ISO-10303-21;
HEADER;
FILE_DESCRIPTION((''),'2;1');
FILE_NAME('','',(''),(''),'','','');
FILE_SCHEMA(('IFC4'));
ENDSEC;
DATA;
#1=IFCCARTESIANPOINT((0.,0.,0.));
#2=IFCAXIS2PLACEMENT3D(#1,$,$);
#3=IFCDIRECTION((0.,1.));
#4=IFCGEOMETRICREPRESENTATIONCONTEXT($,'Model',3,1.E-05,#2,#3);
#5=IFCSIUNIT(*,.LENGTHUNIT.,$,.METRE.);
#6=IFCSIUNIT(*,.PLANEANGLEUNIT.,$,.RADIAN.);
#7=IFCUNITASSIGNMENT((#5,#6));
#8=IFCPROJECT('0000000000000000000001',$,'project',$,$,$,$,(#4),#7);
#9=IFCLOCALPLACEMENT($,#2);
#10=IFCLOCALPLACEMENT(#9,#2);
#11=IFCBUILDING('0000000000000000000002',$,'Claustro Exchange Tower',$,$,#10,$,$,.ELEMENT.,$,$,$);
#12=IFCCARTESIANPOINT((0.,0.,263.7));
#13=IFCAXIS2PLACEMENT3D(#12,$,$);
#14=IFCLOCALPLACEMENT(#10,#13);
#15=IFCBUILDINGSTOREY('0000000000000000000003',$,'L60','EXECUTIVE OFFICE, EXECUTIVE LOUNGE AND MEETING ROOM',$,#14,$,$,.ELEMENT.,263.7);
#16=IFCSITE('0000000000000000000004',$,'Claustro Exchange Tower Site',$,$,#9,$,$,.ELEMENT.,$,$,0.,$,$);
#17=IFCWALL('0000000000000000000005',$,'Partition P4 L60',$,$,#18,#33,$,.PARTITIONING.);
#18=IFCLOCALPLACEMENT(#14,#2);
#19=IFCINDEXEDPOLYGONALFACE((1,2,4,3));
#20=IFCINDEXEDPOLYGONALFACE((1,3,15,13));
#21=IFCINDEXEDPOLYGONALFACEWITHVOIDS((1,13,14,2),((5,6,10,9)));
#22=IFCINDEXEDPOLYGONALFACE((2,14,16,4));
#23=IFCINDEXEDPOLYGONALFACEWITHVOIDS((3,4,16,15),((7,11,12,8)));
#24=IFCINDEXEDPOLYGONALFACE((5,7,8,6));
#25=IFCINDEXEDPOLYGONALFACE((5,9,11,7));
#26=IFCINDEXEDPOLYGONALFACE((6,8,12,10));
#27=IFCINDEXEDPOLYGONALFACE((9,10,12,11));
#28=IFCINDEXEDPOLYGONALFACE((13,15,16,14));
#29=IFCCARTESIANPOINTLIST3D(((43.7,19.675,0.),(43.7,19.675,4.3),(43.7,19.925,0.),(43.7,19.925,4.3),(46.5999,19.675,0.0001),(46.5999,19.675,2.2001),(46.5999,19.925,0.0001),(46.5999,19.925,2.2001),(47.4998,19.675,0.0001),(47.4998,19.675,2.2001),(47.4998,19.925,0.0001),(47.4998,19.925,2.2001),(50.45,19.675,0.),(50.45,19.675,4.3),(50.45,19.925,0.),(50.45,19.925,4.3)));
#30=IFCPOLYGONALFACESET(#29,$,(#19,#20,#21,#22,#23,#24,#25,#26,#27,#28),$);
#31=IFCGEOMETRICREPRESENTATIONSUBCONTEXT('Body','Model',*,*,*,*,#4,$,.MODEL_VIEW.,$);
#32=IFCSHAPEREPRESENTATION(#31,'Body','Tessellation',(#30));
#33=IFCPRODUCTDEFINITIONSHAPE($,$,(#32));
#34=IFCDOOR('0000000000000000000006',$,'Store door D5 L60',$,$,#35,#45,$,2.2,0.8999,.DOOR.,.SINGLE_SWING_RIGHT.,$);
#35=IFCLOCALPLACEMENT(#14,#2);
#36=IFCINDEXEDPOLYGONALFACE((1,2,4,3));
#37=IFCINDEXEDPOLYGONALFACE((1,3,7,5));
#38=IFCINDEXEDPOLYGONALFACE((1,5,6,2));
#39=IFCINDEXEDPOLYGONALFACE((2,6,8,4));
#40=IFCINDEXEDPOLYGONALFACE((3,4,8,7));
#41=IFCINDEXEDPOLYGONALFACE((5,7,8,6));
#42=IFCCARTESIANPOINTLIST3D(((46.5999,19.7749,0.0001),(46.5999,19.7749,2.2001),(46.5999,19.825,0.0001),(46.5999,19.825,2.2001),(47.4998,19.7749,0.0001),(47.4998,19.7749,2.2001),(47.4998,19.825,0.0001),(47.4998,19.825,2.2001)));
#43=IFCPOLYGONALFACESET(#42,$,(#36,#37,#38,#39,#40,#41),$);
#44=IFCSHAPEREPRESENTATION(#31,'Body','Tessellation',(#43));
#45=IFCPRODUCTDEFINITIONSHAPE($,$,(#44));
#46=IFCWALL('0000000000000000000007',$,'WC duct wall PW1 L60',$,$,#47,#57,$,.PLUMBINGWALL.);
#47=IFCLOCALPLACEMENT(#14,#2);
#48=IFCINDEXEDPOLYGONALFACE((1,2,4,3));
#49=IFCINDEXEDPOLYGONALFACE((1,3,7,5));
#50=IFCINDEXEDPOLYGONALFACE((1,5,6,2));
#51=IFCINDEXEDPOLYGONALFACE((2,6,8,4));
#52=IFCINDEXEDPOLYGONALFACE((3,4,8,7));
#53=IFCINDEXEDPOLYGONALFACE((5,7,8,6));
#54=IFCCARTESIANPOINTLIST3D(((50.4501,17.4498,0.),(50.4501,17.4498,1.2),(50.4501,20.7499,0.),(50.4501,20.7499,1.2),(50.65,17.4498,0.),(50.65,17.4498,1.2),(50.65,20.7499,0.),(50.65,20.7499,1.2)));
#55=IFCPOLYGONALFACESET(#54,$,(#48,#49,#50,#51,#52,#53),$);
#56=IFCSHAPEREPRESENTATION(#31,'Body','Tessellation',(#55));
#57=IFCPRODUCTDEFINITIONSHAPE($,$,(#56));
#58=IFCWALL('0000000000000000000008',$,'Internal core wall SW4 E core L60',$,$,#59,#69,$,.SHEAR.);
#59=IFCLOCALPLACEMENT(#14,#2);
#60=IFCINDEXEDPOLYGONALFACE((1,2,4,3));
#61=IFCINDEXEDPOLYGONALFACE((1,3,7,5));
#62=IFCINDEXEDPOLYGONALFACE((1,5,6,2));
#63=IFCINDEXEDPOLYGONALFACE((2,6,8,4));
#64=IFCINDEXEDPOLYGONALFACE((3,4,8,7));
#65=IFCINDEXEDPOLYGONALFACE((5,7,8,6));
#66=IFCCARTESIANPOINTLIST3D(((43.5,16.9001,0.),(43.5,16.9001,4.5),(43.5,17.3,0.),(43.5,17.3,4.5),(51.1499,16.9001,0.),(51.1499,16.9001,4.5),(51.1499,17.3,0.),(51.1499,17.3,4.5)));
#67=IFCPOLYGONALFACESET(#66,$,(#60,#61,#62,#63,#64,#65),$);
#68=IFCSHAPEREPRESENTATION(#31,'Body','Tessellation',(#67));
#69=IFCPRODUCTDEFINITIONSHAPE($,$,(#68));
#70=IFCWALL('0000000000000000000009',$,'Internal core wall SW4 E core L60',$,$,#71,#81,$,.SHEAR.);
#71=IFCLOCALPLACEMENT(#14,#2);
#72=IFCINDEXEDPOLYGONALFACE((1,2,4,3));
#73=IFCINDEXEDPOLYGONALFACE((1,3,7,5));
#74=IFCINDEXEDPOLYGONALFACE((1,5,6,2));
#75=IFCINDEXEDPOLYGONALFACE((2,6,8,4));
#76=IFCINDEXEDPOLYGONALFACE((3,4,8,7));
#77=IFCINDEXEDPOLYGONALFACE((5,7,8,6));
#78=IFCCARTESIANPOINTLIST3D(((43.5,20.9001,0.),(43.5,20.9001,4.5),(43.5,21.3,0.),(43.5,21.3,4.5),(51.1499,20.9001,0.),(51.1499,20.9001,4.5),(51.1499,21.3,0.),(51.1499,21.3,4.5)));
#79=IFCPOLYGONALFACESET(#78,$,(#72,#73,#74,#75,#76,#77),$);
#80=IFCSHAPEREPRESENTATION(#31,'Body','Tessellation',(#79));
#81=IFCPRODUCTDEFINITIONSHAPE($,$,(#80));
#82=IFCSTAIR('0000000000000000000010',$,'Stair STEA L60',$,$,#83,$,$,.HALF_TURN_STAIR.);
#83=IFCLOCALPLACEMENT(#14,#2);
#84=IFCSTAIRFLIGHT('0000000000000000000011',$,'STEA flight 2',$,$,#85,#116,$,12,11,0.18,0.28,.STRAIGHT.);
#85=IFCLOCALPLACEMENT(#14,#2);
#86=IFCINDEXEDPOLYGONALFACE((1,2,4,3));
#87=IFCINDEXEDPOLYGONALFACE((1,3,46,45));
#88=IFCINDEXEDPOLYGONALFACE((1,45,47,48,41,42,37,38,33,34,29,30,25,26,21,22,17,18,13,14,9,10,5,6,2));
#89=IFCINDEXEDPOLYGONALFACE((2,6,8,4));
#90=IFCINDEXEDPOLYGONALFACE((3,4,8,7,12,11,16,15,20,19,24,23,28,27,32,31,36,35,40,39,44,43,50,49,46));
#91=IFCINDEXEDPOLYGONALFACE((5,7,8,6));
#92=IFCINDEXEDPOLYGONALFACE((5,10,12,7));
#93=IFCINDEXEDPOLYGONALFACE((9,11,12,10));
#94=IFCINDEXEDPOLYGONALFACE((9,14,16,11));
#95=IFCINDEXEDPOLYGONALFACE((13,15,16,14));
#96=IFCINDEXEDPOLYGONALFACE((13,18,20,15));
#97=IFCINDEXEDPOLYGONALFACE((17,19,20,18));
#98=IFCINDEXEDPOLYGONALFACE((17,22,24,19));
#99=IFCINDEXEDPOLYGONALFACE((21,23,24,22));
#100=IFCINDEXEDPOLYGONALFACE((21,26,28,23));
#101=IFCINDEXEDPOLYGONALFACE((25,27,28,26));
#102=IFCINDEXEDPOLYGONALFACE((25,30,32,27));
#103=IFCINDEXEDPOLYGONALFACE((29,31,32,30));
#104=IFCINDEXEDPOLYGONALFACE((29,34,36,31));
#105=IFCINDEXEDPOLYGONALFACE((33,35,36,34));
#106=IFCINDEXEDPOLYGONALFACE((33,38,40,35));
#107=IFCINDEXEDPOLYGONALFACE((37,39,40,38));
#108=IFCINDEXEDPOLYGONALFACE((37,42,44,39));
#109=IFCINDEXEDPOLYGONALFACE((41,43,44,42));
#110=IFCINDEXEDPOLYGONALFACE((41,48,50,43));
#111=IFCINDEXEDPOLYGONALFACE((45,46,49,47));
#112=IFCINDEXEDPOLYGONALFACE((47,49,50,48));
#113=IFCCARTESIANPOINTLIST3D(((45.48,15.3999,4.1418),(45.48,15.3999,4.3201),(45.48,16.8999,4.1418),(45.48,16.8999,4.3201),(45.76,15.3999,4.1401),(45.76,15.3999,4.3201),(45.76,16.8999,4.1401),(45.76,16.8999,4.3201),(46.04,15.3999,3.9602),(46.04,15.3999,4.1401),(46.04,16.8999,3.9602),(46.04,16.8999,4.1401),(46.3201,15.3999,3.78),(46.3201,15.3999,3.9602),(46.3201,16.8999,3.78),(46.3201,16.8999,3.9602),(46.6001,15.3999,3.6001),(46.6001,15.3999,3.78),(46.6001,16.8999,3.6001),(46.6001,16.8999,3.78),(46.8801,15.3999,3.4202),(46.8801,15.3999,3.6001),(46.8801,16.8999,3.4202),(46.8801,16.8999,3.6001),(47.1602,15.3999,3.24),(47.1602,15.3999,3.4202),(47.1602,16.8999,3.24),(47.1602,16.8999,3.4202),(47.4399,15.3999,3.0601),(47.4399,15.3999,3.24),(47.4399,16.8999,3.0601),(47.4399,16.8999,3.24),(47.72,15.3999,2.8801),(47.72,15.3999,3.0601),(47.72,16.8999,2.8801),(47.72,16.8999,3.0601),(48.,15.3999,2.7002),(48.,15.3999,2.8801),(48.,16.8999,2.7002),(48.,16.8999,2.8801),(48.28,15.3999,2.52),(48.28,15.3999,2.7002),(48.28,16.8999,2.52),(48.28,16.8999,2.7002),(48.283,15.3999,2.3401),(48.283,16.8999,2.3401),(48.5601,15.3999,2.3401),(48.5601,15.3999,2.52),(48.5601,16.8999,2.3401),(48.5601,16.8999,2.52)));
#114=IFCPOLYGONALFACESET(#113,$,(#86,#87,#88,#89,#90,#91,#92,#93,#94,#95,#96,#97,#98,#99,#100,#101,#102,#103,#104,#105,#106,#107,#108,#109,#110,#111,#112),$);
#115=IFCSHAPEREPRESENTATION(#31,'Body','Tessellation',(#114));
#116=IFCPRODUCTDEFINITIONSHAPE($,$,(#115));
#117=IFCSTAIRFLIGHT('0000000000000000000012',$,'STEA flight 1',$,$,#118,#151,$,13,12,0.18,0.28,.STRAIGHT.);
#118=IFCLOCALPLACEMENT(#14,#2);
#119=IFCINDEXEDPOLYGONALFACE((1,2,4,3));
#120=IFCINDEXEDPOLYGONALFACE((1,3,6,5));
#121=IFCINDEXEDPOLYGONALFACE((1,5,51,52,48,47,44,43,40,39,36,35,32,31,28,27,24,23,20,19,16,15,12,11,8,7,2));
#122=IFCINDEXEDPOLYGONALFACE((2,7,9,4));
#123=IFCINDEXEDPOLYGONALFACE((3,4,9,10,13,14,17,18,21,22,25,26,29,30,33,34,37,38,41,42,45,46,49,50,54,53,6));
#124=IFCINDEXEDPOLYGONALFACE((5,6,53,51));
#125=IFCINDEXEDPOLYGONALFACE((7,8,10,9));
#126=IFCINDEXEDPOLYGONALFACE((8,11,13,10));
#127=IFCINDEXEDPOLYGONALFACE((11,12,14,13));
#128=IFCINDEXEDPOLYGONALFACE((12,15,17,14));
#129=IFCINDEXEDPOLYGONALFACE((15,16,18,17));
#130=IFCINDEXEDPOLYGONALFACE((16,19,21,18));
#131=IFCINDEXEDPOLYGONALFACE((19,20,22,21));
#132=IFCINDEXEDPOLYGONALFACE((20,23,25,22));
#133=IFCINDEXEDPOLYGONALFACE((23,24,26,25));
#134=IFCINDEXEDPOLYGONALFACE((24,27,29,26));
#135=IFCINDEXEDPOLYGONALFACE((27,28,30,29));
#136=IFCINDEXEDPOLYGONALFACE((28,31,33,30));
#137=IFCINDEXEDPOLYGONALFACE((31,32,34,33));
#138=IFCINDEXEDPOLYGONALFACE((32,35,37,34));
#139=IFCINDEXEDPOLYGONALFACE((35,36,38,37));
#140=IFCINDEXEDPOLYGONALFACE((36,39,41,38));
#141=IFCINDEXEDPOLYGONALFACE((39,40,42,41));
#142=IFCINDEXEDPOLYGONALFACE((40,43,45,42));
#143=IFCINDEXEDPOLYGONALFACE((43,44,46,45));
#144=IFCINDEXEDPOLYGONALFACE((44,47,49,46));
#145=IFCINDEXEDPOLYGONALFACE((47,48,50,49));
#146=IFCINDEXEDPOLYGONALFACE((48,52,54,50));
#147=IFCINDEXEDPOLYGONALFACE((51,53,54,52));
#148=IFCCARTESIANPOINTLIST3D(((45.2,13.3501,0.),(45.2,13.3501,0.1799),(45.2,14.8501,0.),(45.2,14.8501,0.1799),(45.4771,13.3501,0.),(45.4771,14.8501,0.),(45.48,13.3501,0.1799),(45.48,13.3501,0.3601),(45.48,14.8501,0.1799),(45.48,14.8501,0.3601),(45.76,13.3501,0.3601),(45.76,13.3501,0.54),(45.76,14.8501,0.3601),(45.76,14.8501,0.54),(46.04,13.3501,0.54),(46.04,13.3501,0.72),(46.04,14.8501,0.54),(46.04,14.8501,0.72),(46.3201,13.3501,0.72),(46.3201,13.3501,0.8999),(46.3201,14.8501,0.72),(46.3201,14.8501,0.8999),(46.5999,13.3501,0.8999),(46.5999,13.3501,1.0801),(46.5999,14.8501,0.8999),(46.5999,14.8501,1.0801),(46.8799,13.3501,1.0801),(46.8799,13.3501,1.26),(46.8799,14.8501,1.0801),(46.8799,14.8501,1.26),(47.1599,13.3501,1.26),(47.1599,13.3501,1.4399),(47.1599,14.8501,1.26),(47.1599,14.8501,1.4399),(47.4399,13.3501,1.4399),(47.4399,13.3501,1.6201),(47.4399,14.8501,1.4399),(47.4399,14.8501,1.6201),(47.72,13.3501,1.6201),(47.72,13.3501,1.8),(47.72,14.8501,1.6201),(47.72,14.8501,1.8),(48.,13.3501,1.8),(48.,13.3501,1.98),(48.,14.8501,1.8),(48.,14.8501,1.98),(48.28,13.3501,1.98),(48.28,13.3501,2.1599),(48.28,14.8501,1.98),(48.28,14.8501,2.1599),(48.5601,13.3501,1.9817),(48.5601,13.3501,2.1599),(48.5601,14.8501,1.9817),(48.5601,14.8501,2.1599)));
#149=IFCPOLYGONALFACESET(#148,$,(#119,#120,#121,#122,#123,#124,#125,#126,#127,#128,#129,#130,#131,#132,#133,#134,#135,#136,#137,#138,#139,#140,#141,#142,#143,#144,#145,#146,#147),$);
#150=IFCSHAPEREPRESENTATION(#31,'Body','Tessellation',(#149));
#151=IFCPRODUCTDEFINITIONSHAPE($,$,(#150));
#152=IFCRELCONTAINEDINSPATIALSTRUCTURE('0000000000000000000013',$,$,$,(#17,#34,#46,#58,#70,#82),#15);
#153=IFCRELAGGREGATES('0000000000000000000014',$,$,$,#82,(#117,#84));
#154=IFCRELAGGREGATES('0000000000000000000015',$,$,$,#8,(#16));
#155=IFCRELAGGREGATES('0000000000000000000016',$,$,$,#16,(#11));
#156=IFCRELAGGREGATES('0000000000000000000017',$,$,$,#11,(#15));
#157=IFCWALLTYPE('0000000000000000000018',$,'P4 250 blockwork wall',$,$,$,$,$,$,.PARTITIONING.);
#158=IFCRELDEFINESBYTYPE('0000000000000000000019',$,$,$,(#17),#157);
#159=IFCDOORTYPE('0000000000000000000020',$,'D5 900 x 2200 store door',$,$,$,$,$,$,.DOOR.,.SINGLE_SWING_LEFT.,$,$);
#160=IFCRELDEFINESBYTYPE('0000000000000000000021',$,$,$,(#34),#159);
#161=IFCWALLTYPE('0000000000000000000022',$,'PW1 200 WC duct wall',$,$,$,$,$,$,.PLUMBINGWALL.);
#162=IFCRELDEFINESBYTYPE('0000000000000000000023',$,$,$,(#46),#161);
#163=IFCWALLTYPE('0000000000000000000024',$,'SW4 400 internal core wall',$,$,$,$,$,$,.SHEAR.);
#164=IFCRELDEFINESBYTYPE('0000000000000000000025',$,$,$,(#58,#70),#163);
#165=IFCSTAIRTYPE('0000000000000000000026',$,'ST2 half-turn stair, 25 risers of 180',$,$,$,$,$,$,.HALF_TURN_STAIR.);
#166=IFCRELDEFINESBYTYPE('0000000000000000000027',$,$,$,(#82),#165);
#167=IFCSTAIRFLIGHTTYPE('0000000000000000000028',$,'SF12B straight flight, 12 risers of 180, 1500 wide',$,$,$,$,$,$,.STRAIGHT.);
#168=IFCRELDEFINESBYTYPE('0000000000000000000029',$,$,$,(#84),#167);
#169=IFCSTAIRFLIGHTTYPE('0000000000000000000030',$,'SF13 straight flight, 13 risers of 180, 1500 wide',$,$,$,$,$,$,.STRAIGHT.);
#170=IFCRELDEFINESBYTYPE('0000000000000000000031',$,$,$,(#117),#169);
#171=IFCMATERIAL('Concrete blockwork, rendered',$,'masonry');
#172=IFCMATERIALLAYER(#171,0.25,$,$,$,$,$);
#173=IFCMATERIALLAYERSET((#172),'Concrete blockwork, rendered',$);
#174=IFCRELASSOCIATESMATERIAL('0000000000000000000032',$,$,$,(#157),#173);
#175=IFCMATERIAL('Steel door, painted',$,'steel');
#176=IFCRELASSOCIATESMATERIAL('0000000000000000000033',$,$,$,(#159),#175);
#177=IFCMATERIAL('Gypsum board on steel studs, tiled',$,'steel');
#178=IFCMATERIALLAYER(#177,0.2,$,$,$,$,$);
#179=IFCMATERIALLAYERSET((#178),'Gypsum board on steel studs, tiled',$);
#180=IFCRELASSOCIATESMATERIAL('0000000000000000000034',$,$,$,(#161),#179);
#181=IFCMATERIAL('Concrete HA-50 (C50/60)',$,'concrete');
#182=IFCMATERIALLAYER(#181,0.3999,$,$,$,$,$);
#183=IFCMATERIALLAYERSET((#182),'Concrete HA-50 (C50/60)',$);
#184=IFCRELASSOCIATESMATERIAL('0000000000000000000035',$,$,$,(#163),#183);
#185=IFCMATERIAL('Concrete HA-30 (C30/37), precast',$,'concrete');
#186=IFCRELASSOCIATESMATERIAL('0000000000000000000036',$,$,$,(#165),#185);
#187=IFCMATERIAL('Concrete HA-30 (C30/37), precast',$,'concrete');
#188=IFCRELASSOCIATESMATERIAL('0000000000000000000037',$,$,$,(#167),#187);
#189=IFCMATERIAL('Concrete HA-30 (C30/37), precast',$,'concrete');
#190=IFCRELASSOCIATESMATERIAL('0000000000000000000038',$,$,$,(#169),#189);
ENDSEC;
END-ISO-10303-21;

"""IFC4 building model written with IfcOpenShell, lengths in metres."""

from ifc_helpers import new_model, si_unit, direction, frame, frame_2d, origin, place, context, subcontext, project, spatial, polyline, rectangle, outline, extrude, material, layer, layer_set, type_object, element, fill, aggregate, save


model = new_model("IFC4")

# Units and contexts
model_context = context("Model", 3, precision=1e-05, world=origin(), true_north=direction((0.0, 1.0)))
body_context = subcontext(model_context, "Body", "Model", "MODEL_VIEW")
ifc_project = project(units=[si_unit("LENGTHUNIT", "METRE"), si_unit("PLANEANGLEUNIT", "RADIAN")], contexts=[model_context])

# Site, building, storey
site_placement = place(None, origin())
site = spatial("IfcSite", under=ifc_project, at=site_placement, Name="Claustro Exchange Tower Site", CompositionType="ELEMENT", RefElevation=0.0)
building_placement = place(site_placement, origin())
building = spatial("IfcBuilding", under=site, at=building_placement, Name="Claustro Exchange Tower", CompositionType="ELEMENT")
storey_placement = place(building_placement, frame((0.0, 0.0, 263.7)))
storey = spatial("IfcBuildingStorey", under=building, at=storey_placement, Name="L60", Description="EXECUTIVE OFFICE, EXECUTIVE LOUNGE AND MEETING ROOM", CompositionType="ELEMENT", Elevation=263.7)

# Wall, opening, door
ifc_material_1 = material(Name="Concrete blockwork, rendered", Category="masonry")
ifc_layer_1 = layer(ifc_material_1, 0.25)
ifc_layer_set_1 = layer_set([ifc_layer_1], Name="Concrete blockwork, rendered")
wall_type_1 = type_object("IfcWallType", Name="P4 250 blockwork wall", PredefinedType="PARTITIONING", material=ifc_layer_set_1)
wall_1_placement = place(storey_placement, frame((43.7, 19.8, 0.0), z_axis=(0.0, 0.0, 1.0), x_axis=(1.0, 0.0, 0.0)))
wall_1 = element("IfcWall", 1, at=wall_1_placement, inside=storey, type_object=wall_type_1, Name="Partition P4 L60", PredefinedType="PARTITIONING", context=body_context, shape_type="SweptSolid", body=[
    extrude(rectangle(XDim=6.75, YDim=0.25, at=frame_2d((3.375, 0.0))), origin(), (0.0, 0.0, 1.0), 4.3),
])
opening_placement = place(wall_1_placement, frame((2.8999, 0.0, 0.0)))
opening = element("IfcOpeningElement", 2, at=opening_placement, cuts=wall_1, PredefinedType="OPENING", context=body_context, shape_type="SweptSolid", body=[
    extrude(rectangle(XDim=0.8999, YDim=2.2, at=frame_2d((0.45, 1.1001))), frame((0.0, 0.135, 0.0), z_axis=(0.0, -1.0, 0.0), x_axis=(1.0, 0.0, 0.0)), (0.0, 0.0, 1.0), 0.27),
])
ifc_material_2 = material(Name="Steel door, painted", Category="steel")
door_type = type_object("IfcDoorType", Name="D5 900 x 2200 store door", OperationType="SINGLE_SWING_LEFT", PredefinedType="DOOR", material=ifc_material_2)
door_placement = place(opening_placement, origin())
door = element("IfcDoor", 3, at=door_placement, inside=storey, type_object=door_type, Name="Store door D5 L60", OperationType="SINGLE_SWING_RIGHT", OverallHeight=2.2, OverallWidth=0.8999, PredefinedType="DOOR", context=body_context, shape_type="SweptSolid", body=[
    extrude(rectangle(XDim=0.8999, YDim=2.2, at=frame_2d((0.45, 1.1001))), frame((0.0, 0.0249, 0.0), z_axis=(0.0, -1.0, 0.0), x_axis=(1.0, 0.0, 0.0)), (0.0, 0.0, 1.0), 0.05),
])
fill(opening, door)

# Walls
ifc_material_3 = material(Name="Gypsum board on steel studs, tiled", Category="steel")
ifc_layer_2 = layer(ifc_material_3, 0.2)
ifc_layer_set_2 = layer_set([ifc_layer_2], Name="Gypsum board on steel studs, tiled")
wall_type_2 = type_object("IfcWallType", Name="PW1 200 WC duct wall", PredefinedType="PLUMBINGWALL", material=ifc_layer_set_2)
wall_2_placement = place(storey_placement, frame((50.55, 17.45, 0.0), z_axis=(0.0, 0.0, 1.0), x_axis=(0.0, 1.0, 0.0)))
element("IfcWall", 4, at=wall_2_placement, inside=storey, type_object=wall_type_2, Name="WC duct wall PW1 L60", PredefinedType="PLUMBINGWALL", context=body_context, shape_type="SweptSolid", body=[
    extrude(rectangle(XDim=3.3, YDim=0.2, at=frame_2d((1.6499, 0.0))), origin(), (0.0, 0.0, 1.0), 1.2),
])
ifc_material_4 = material(Name="Concrete HA-50 (C50/60)", Category="concrete")
ifc_layer_3 = layer(ifc_material_4, 0.3999)
ifc_layer_set_3 = layer_set([ifc_layer_3], Name="Concrete HA-50 (C50/60)")
wall_type_3 = type_object("IfcWallType", Name="SW4 400 internal core wall", PredefinedType="SHEAR", material=ifc_layer_set_3)
for number, where, z_axis, x_axis, name in (
    (5, (51.1499, 17.1001, 0.0), (0.0, 0.0, 1.0), (-1.0, 0.0, 0.0), "Internal core wall SW4 E core L60"),
    (6, (51.1499, 21.1001, 0.0), (0.0, 0.0, 1.0), (-1.0, 0.0, 0.0), "Internal core wall SW4 E core L60"),
):
    element("IfcWall", number, at=place(storey_placement, frame(where, z_axis=z_axis, x_axis=x_axis)), inside=storey, type_object=wall_type_3, Name=name, PredefinedType="SHEAR", context=body_context, shape_type="SweptSolid", body=[
        extrude(rectangle(XDim=7.6499, YDim=0.3999, at=frame_2d((3.825, 0.0))), origin(), (0.0, 0.0, 1.0), 4.5),
    ])

# Stair, stair flights
ifc_material_5 = material(Name="Concrete HA-30 (C30/37), precast", Category="concrete")
stair_type = type_object("IfcStairType", Name="ST2 half-turn stair, 25 risers of 180", PredefinedType="HALF_TURN_STAIR", material=ifc_material_5)
stair_placement = place(storey_placement, origin())
stair = element("IfcStair", 7, at=stair_placement, inside=storey, type_object=stair_type, Name="Stair STEA L60", PredefinedType="HALF_TURN_STAIR")
ifc_material_6 = material(Name="Concrete HA-30 (C30/37), precast", Category="concrete")
stair_flight_type_1 = type_object("IfcStairFlightType", Name="SF12B straight flight, 12 risers of 180, 1500 wide", PredefinedType="STRAIGHT", material=ifc_material_6)
stair_flight_1_placement = place(storey_placement, frame((48.5601, 16.1499, 2.3401), z_axis=(0.0, 0.0, 1.0), x_axis=(-1.0, 0.0, 0.0)))
stair_flight_1 = element("IfcStairFlight", 8, at=stair_flight_1_placement, type_object=stair_flight_type_1, Name="STEA flight 2", NumberOfRisers=12, NumberOfTreads=11, PredefinedType="STRAIGHT", RiserHeight=0.18, TreadLength=0.28, context=body_context, shape_type="SweptSolid", body=[
    extrude(outline(polyline([(0.0, 0.0), (0.0, 0.1799), (0.28, 0.1799), (0.28, 0.3601), (0.5601, 0.3601), (0.5601, 0.54), (0.8401, 0.54), (0.8401, 0.72), (1.1201, 0.72), (1.1201, 0.8999), (1.3999, 0.8999), (1.3999, 1.0801), (1.6799, 1.0801), (1.6799, 1.26), (1.96, 1.26), (1.96, 1.4399), (2.24, 1.4399), (2.24, 1.6201), (2.52, 1.6201), (2.52, 1.8), (2.8, 1.8), (2.8, 1.98), (3.0801, 1.98), (3.0801, 2.1599), (3.0801, 1.8018), (0.2771, 0.0), (0.0, 0.0)])), frame((0.0, 0.75, 0.0), z_axis=(0.0, -1.0, 0.0), x_axis=(1.0, 0.0, 0.0)), (0.0, 0.0, 1.0), 1.5),
])
ifc_material_7 = material(Name="Concrete HA-30 (C30/37), precast", Category="concrete")
stair_flight_type_2 = type_object("IfcStairFlightType", Name="SF13 straight flight, 13 risers of 180, 1500 wide", PredefinedType="STRAIGHT", material=ifc_material_7)
stair_flight_2_placement = place(storey_placement, frame((45.2, 14.1001, 0.0), z_axis=(0.0, 0.0, 1.0), x_axis=(1.0, 0.0, 0.0)))
stair_flight_2 = element("IfcStairFlight", 9, at=stair_flight_2_placement, type_object=stair_flight_type_2, Name="STEA flight 1", NumberOfRisers=13, NumberOfTreads=12, PredefinedType="STRAIGHT", RiserHeight=0.18, TreadLength=0.28, context=body_context, shape_type="SweptSolid", body=[
    extrude(outline(polyline([(0.0, 0.0), (0.0, 0.1799), (0.28, 0.1799), (0.28, 0.3601), (0.5601, 0.3601), (0.5601, 0.54), (0.8401, 0.54), (0.8401, 0.72), (1.1201, 0.72), (1.1201, 0.8999), (1.3999, 0.8999), (1.3999, 1.0801), (1.6799, 1.0801), (1.6799, 1.26), (1.96, 1.26), (1.96, 1.4399), (2.24, 1.4399), (2.24, 1.6201), (2.52, 1.6201), (2.52, 1.8), (2.8, 1.8), (2.8, 1.98), (3.0801, 1.98), (3.0801, 2.1599), (3.3601, 2.1599), (3.3601, 2.3401), (3.3601, 1.9817), (0.2771, 0.0), (0.0, 0.0)])), frame((0.0, 0.75, 0.0), z_axis=(0.0, -1.0, 0.0), x_axis=(1.0, 0.0, 0.0)), (0.0, 0.0, 1.0), 1.5),
])
aggregate(stair, [stair_flight_2, stair_flight_1])

save(model, "model.ifc")
